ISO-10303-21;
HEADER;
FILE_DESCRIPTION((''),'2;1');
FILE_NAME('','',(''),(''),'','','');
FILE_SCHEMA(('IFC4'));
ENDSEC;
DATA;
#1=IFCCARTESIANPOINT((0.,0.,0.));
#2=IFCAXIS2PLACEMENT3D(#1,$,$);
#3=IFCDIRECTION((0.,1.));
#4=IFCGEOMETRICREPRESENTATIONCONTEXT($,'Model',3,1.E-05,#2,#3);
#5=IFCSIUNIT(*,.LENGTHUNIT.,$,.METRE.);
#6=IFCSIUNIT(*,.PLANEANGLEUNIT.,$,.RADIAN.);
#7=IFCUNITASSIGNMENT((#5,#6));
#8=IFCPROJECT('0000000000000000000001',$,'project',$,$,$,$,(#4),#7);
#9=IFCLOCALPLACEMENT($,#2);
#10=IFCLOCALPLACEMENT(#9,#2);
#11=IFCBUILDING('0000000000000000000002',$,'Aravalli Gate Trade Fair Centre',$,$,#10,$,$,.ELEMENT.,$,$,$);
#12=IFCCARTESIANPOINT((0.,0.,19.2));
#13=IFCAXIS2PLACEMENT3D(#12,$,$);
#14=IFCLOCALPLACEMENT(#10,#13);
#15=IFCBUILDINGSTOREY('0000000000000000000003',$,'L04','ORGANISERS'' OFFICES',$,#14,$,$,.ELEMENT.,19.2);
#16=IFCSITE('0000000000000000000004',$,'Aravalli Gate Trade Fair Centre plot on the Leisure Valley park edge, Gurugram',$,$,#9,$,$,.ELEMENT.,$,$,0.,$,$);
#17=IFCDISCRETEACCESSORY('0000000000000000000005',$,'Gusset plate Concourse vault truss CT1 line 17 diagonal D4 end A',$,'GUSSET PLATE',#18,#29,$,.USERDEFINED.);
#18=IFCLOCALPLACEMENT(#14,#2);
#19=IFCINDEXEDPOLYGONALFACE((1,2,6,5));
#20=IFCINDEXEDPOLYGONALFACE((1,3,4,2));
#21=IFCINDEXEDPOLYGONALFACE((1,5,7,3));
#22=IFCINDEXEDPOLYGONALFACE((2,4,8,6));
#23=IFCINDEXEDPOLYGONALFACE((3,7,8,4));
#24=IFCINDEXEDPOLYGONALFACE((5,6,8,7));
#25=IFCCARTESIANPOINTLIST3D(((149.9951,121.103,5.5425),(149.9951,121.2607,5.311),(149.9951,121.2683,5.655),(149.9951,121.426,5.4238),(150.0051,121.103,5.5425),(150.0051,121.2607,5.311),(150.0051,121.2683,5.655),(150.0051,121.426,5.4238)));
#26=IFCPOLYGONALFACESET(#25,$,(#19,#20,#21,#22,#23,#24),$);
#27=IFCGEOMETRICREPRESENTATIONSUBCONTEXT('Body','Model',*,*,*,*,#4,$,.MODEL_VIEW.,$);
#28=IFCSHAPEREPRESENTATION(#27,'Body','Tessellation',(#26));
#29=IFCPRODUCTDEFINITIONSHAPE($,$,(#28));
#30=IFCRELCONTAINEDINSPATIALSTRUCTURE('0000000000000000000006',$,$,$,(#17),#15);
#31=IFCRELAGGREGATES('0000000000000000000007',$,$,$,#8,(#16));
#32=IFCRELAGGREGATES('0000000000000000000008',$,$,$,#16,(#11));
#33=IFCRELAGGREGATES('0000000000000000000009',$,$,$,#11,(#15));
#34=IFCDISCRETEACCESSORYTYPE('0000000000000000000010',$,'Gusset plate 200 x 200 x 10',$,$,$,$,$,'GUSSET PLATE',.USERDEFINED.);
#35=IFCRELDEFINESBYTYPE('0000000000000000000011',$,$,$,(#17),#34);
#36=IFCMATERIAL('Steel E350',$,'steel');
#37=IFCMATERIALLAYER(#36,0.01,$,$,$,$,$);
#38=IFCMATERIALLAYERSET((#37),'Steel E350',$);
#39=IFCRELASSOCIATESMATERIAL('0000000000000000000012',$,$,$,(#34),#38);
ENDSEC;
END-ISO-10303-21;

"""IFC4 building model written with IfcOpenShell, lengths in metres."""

from ifc_helpers import new_model, si_unit, direction, frame, origin, place, context, subcontext, project, spatial, polyline, outline, extrude, material, layer, layer_set, type_object, element, save


model = new_model("IFC4")

# Units and contexts
model_context = context("Model", 3, precision=1e-05, world=origin(), true_north=direction((0.0, 1.0)))
body_context = subcontext(model_context, "Body", "Model", "MODEL_VIEW")
ifc_project = project(units=[si_unit("LENGTHUNIT", "METRE"), si_unit("PLANEANGLEUNIT", "RADIAN")], contexts=[model_context])

# Site, building, storey
site_placement = place(None, origin())
site = spatial("IfcSite", under=ifc_project, at=site_placement, Name="Aravalli Gate Trade Fair Centre plot on the Leisure Valley park edge, Gurugram", CompositionType="ELEMENT", RefElevation=0.0)
building_placement = place(site_placement, origin())
building = spatial("IfcBuilding", under=site, at=building_placement, Name="Aravalli Gate Trade Fair Centre", CompositionType="ELEMENT")
storey_placement = place(building_placement, frame((0.0, 0.0, 19.2)))
storey = spatial("IfcBuildingStorey", under=building, at=storey_placement, Name="L04", Description="ORGANISERS' OFFICES", CompositionType="ELEMENT", Elevation=19.2)

# Shared definitions
ifc_material_1 = material(Name="Steel E350", Category="steel")

# Discrete accessory
ifc_layer_1 = layer(ifc_material_1, 0.01)
ifc_layer_set_1 = layer_set([ifc_layer_1], Name="Steel E350")
discrete_accessory_type = type_object("IfcDiscreteAccessoryType", Name="Gusset plate 200 x 200 x 10", ElementType="GUSSET PLATE", PredefinedType="USERDEFINED", material=ifc_layer_set_1)
discrete_accessory_1_placement = place(storey_placement, frame((149.9951, 121.2607, 5.311), z_axis=(-1.0, 0.0, 0.0), x_axis=(0.0, -0.56312, 0.826375)))
element("IfcDiscreteAccessory", 1, at=discrete_accessory_1_placement, inside=storey, type_object=discrete_accessory_type, Name="Gusset plate Concourse vault truss CT1 line 17 diagonal D4 end A", ObjectType="GUSSET PLATE", PredefinedType="USERDEFINED", context=body_context, shape_type="SweptSolid", body=[
    extrude(outline(polyline([(0.0, 0.0), (0.2801, 0.0), (0.28, 0.2), (0.0001, 0.2001), (0.0, 0.0)])), origin(), (0.0, 0.0, -1.0), 0.01),
])

save(model, "model.ifc")
